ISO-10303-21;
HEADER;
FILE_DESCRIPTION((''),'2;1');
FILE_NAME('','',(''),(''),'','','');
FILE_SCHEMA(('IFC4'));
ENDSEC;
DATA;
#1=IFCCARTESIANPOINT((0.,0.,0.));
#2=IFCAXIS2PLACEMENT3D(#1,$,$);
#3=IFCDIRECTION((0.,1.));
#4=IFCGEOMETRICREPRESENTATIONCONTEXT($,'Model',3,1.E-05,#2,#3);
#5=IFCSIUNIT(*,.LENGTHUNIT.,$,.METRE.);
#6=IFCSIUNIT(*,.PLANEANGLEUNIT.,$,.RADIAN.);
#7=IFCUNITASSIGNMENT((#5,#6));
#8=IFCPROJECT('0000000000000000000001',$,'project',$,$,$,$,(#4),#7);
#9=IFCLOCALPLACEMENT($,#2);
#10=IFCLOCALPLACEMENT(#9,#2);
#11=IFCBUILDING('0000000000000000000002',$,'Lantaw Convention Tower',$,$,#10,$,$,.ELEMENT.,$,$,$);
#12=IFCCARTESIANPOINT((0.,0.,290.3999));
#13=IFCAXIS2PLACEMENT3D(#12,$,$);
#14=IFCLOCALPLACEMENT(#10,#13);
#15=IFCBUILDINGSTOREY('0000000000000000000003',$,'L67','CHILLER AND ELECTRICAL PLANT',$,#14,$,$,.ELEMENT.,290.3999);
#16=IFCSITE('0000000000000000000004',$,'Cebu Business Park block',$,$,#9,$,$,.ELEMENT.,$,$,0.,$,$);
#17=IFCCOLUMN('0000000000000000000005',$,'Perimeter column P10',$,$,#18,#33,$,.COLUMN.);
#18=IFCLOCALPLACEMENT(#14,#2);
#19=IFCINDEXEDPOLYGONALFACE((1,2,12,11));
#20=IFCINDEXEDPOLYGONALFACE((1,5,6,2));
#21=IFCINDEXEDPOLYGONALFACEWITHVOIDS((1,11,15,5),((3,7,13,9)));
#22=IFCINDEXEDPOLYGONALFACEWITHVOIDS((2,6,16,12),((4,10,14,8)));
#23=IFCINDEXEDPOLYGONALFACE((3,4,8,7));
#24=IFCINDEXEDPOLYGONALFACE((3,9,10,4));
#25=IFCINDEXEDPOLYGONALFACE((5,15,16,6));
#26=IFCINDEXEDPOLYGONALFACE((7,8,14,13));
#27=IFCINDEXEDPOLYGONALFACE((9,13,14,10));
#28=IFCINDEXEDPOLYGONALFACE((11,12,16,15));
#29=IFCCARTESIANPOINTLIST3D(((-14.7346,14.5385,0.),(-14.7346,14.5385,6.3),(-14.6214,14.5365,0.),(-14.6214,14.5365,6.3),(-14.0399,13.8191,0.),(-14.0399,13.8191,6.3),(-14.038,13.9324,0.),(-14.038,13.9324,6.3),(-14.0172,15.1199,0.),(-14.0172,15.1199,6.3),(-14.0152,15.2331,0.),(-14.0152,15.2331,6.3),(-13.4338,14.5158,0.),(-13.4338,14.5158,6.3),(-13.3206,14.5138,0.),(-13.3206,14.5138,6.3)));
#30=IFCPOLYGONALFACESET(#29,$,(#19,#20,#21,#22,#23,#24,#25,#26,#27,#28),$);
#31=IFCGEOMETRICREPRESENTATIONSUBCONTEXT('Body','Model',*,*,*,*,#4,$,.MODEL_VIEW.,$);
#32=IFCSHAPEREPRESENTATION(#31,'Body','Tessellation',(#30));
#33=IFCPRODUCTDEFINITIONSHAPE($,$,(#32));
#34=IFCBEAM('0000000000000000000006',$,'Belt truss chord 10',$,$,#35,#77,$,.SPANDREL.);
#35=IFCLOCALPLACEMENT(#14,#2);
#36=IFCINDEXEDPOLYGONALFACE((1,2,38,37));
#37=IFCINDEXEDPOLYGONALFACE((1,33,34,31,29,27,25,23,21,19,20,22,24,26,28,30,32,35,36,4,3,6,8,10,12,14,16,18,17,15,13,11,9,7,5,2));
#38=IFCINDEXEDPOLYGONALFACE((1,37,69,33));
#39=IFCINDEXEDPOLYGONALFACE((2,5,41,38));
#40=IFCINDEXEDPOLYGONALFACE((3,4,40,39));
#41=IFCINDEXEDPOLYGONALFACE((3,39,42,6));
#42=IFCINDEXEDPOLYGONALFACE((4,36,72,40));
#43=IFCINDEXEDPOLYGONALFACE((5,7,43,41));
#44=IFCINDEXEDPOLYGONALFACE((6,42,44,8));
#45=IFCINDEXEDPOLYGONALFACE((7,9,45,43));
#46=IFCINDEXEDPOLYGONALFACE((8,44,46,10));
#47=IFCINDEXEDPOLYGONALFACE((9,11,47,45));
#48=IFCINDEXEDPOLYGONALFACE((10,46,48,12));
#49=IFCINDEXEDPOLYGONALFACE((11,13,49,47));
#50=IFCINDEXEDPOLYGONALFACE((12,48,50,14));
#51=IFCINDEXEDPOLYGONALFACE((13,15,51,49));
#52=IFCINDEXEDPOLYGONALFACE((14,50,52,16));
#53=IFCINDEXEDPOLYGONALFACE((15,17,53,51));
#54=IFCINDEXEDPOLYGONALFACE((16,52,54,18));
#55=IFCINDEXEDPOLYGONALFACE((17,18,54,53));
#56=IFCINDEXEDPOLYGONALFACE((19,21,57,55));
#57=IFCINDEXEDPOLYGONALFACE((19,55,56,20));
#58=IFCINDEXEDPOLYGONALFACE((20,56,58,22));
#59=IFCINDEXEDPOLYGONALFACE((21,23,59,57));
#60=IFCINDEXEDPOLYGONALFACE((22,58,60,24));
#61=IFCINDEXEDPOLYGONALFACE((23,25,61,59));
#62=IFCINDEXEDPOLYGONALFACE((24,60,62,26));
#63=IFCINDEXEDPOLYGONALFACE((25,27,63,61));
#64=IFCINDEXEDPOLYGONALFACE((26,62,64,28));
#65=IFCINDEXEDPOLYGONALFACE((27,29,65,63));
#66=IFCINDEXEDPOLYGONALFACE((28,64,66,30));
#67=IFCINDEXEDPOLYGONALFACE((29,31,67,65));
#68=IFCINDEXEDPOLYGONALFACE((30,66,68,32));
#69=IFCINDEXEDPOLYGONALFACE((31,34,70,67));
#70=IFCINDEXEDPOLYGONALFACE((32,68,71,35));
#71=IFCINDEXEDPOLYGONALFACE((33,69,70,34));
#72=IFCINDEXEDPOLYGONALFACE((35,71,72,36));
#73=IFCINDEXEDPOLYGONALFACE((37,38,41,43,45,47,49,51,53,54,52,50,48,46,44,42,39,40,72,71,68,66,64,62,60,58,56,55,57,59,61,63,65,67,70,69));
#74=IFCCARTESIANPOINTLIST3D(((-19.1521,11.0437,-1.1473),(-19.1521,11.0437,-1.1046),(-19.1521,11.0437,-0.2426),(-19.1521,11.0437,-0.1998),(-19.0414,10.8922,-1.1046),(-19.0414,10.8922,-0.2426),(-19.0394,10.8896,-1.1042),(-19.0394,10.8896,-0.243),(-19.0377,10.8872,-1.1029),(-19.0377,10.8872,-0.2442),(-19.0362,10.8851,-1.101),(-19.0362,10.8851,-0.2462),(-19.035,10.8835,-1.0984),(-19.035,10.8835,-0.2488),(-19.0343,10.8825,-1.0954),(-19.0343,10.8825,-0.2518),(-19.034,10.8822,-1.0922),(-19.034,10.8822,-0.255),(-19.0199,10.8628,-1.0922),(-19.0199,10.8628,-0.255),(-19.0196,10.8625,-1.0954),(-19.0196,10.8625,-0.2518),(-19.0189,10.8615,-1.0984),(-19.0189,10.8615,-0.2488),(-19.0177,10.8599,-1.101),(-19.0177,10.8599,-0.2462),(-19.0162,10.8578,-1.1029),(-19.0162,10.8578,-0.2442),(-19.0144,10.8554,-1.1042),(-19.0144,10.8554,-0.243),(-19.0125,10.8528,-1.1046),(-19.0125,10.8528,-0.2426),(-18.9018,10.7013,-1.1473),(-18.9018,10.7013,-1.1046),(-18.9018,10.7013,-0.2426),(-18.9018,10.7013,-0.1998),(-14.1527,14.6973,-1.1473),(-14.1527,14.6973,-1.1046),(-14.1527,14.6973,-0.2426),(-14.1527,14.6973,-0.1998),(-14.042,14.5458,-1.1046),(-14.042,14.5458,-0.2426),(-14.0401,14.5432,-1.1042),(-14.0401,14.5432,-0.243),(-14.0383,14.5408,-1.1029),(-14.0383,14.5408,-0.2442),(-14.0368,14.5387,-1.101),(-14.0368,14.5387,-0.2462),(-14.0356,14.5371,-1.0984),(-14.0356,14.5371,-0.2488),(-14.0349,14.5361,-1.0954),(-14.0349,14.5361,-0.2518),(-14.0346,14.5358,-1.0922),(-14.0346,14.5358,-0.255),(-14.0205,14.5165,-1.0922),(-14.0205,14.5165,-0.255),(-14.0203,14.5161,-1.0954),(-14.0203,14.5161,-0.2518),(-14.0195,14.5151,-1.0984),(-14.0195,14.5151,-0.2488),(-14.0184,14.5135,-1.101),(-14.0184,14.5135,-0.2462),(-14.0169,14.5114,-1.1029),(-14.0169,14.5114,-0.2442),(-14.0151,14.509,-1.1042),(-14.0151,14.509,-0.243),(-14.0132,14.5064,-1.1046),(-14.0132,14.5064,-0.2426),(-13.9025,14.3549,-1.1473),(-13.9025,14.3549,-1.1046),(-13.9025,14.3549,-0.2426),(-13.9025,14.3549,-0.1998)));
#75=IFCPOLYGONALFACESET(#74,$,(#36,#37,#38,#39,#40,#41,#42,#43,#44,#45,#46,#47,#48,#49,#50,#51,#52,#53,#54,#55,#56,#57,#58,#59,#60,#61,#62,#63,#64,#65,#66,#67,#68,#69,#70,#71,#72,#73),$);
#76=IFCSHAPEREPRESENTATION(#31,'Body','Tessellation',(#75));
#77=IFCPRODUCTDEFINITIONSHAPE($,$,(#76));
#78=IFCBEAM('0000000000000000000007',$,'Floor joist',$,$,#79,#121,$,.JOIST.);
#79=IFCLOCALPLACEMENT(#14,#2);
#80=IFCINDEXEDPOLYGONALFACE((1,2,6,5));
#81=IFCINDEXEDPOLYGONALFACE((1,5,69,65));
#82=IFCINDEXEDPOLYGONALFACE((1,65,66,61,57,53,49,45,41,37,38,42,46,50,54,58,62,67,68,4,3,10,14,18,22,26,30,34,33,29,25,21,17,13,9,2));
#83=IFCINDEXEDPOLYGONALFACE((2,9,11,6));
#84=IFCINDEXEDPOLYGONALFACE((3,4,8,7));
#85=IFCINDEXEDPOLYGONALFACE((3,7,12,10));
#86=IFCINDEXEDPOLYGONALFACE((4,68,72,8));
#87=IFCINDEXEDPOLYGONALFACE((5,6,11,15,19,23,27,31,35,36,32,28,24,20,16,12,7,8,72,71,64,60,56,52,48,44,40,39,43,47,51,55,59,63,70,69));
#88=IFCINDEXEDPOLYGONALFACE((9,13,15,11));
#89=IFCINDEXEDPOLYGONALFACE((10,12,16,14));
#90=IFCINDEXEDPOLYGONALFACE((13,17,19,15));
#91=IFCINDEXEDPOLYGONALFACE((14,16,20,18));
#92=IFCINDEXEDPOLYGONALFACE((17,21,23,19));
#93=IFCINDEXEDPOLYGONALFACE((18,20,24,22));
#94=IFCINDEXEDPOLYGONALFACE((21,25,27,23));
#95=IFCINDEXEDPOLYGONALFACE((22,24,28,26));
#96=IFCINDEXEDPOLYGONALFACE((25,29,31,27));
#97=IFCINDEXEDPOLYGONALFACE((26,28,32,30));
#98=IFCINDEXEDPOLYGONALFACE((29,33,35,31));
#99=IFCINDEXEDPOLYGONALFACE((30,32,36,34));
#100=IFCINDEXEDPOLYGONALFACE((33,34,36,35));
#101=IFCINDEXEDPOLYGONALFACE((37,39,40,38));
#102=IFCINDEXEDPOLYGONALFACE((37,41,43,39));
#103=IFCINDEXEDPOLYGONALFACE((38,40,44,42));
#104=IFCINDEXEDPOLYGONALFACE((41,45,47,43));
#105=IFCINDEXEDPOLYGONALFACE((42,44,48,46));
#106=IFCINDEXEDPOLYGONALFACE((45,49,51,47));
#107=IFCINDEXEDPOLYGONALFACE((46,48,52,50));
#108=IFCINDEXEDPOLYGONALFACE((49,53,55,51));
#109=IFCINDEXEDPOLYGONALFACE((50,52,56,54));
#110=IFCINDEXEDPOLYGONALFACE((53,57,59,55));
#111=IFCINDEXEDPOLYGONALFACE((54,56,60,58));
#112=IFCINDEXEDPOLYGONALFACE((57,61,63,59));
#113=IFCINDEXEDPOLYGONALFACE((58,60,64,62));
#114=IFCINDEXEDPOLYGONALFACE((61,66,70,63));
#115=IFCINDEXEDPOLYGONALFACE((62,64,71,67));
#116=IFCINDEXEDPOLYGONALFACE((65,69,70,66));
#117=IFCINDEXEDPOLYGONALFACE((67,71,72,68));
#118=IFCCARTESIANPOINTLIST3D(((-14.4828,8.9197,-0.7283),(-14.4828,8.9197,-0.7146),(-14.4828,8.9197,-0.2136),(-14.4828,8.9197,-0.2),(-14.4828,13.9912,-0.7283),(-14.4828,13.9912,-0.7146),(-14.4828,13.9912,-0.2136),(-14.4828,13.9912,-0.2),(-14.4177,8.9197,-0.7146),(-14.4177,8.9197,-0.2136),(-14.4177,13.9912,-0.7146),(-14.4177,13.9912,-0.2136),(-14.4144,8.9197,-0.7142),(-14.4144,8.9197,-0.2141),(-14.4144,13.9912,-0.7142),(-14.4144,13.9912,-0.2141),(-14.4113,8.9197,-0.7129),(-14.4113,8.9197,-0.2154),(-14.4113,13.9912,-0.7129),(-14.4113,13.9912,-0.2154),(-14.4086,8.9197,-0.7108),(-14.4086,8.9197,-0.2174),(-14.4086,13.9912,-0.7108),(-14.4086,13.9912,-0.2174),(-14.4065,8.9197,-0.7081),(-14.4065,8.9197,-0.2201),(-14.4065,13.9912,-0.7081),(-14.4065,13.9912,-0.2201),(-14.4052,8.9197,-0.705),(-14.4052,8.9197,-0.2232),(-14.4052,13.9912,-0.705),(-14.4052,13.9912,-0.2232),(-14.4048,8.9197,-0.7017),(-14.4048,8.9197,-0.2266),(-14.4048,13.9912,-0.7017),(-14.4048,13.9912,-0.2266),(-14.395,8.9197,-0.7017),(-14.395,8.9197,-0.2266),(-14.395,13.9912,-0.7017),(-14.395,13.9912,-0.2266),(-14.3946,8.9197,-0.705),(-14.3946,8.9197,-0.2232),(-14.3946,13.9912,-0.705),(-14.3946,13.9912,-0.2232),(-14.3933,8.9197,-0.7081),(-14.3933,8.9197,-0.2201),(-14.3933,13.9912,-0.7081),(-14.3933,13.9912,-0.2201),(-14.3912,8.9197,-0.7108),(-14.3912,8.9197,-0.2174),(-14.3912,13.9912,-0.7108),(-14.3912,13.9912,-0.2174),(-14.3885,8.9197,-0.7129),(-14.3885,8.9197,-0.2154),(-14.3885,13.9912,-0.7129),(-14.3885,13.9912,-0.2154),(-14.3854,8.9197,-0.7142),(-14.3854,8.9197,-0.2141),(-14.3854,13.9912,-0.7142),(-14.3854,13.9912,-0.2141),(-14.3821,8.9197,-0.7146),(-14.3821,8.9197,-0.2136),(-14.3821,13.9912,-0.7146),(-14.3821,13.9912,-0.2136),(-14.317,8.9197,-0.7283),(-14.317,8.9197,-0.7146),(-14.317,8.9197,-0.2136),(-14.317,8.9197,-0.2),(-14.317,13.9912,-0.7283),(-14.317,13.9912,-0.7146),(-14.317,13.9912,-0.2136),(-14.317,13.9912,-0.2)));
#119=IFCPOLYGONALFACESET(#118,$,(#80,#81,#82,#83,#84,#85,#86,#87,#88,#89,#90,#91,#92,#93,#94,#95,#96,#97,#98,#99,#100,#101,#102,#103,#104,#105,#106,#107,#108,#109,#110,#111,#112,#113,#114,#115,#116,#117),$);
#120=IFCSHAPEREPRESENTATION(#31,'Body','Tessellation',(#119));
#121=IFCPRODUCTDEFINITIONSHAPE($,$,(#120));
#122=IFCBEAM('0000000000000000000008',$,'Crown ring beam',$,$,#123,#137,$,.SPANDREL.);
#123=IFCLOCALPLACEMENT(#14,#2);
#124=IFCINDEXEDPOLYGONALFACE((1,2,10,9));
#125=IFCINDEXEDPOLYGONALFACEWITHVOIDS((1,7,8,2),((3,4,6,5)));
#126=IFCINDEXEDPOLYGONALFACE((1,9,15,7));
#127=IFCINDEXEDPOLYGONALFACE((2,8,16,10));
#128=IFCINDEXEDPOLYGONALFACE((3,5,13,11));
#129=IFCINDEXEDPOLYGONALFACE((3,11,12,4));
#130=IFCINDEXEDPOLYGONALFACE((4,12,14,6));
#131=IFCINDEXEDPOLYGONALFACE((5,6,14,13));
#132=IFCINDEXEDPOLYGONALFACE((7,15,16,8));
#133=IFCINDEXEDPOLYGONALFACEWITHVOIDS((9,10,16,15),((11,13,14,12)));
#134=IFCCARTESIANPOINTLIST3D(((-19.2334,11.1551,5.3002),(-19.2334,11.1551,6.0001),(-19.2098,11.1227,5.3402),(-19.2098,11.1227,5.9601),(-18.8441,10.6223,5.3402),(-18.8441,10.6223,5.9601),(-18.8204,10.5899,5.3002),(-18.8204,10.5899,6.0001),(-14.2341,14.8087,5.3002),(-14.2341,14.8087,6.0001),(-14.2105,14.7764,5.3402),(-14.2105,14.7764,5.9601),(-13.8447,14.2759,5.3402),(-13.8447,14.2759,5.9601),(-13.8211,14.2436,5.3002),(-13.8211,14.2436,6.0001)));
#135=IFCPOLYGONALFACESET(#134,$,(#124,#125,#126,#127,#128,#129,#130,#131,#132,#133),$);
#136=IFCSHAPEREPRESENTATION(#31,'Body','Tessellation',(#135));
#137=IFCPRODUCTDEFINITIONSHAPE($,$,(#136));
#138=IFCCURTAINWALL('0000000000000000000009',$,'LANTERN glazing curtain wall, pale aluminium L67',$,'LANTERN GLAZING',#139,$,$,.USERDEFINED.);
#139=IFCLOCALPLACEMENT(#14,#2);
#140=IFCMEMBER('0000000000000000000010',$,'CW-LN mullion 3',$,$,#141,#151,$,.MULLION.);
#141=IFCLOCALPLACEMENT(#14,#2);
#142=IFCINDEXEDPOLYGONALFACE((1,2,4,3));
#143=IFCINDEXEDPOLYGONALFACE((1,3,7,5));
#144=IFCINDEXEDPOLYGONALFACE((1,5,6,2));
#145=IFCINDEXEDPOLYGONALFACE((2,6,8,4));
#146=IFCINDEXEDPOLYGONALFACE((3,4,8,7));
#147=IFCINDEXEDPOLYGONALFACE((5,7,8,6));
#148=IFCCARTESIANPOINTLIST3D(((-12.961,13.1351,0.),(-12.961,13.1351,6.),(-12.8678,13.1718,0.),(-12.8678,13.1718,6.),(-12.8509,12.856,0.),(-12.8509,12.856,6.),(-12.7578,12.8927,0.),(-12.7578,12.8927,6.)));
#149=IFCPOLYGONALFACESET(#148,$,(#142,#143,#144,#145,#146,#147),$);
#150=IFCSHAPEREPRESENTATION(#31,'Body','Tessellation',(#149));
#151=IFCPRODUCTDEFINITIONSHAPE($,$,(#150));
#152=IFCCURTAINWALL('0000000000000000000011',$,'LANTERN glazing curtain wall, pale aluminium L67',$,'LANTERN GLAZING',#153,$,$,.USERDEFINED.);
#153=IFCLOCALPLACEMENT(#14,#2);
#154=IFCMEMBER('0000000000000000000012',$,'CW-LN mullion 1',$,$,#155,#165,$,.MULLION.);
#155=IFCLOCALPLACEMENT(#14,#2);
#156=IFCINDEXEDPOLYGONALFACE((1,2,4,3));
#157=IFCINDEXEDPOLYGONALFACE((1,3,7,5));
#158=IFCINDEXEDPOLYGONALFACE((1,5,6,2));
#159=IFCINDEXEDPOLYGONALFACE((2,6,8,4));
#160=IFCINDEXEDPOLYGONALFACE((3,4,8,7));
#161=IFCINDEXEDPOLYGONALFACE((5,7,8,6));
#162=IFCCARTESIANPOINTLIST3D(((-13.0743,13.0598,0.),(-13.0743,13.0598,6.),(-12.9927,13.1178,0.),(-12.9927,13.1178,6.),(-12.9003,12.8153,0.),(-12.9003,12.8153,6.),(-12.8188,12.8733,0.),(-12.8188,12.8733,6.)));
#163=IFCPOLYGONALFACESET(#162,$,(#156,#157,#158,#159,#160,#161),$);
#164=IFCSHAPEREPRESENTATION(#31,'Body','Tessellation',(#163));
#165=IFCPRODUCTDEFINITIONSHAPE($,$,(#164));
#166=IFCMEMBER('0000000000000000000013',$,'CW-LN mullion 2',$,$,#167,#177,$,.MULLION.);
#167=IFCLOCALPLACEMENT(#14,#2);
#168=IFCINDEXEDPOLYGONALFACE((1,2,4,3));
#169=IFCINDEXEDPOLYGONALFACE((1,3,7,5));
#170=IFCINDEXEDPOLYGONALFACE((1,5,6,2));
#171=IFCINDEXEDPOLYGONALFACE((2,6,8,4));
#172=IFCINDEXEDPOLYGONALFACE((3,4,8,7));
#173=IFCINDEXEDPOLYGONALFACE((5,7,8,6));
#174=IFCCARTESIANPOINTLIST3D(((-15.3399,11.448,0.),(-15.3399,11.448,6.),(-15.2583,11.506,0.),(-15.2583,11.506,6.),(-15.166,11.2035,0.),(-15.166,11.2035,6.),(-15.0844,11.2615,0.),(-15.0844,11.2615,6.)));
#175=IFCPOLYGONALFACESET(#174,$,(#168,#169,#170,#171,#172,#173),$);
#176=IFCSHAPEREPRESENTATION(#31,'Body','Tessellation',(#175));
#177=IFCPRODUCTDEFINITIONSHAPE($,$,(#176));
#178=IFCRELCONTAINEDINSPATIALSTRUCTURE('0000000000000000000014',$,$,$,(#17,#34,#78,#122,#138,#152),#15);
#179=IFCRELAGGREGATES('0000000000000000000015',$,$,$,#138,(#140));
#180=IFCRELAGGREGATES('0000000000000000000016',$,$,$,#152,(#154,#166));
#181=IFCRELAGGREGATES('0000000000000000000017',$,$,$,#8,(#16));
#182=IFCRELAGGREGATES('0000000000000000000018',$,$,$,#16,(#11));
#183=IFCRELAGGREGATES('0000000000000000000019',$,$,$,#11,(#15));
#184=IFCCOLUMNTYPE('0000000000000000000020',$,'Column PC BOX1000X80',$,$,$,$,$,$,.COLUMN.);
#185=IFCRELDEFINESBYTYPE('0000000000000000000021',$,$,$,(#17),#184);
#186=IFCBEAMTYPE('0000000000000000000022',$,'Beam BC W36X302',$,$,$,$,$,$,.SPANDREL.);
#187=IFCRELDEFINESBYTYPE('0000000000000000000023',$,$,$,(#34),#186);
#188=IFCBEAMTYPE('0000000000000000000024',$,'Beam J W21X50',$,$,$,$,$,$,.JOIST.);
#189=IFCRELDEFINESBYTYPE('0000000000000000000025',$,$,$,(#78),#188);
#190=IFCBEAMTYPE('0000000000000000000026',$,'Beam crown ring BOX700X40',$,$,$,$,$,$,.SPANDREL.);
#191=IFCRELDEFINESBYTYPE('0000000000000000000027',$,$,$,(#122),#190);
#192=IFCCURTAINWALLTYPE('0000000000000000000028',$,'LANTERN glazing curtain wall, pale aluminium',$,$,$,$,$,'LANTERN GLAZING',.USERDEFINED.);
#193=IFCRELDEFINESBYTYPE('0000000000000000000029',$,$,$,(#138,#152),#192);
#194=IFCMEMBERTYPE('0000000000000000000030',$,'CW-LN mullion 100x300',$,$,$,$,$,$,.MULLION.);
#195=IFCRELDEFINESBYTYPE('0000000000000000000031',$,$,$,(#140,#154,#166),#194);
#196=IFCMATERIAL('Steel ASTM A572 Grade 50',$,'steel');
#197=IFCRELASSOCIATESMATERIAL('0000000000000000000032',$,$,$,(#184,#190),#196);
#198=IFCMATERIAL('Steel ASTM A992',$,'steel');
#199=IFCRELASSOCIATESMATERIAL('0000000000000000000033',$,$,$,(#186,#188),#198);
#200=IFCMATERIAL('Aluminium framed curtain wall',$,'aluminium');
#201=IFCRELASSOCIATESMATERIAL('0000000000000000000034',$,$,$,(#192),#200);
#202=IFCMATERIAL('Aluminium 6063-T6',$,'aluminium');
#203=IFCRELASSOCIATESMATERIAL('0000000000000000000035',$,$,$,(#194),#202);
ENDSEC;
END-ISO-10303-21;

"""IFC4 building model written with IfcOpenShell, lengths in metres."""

from ifc_helpers import new_model, si_unit, direction, frame, origin, origin_2d, place, context, subcontext, project, spatial, rectangle, hollow_rectangle, i_section, extrude, material, material_profile, profile_set, type_object, element, aggregate, save


model = new_model("IFC4")

# Units and contexts
model_context = context("Model", 3, precision=1e-05, world=origin(), true_north=direction((0.0, 1.0)))
body_context = subcontext(model_context, "Body", "Model", "MODEL_VIEW")
ifc_project = project(units=[si_unit("LENGTHUNIT", "METRE"), si_unit("PLANEANGLEUNIT", "RADIAN")], contexts=[model_context])

# Site, building, storey
site_placement = place(None, origin())
site = spatial("IfcSite", under=ifc_project, at=site_placement, Name="Cebu Business Park block", CompositionType="ELEMENT", RefElevation=0.0)
building_placement = place(site_placement, origin())
building = spatial("IfcBuilding", under=site, at=building_placement, Name="Lantaw Convention Tower", CompositionType="ELEMENT")
storey_placement = place(building_placement, frame((0.0, 0.0, 290.3999)))
storey = spatial("IfcBuildingStorey", under=building, at=storey_placement, Name="L67", Description="CHILLER AND ELECTRICAL PLANT", CompositionType="ELEMENT", Elevation=290.3999)

# Column
ifc_material_1 = material(Name="Steel ASTM A572 Grade 50", Category="steel")
ifc_material_profile_1 = material_profile(ifc_material_1, hollow_rectangle(XDim=1.0, YDim=1.0, WallThickness=0.0801, at=origin_2d()), Name="BOX1000X80")
ifc_material_2 = material(Name="Concrete C60/75", Category="concrete")
ifc_material_profile_2 = material_profile(ifc_material_2, rectangle(XDim=0.8401, YDim=0.8401, at=origin_2d()), Name="Concrete fill of BOX1000X80")
ifc_profile_set_1 = profile_set([ifc_material_profile_1, ifc_material_profile_2], Name="Steel ASTM A572 Grade 50")
column_type = type_object("IfcColumnType", Name="Column PC BOX1000X80", PredefinedType="COLUMN", material=ifc_profile_set_1)
column_placement = place(storey_placement, frame((-14.0276, 14.5261, 0.0), z_axis=(0.0, 0.0, 1.0), x_axis=(0.71934, 0.694658, 0.0)))
element("IfcColumn", 1, at=column_placement, inside=storey, type_object=column_type, Name="Perimeter column P10", PredefinedType="COLUMN", context=body_context, shape_type="SweptSolid", body=[
    extrude(hollow_rectangle(XDim=1.0, YDim=1.0, WallThickness=0.0801, at=origin_2d()), origin(), (0.0, 0.0, 1.0), 6.3),
])

# Beams
ifc_material_3 = material(Name="Steel ASTM A992", Category="steel")
ifc_material_profile_3 = material_profile(ifc_material_3, i_section(OverallWidth=0.4241, OverallDepth=0.9475, WebThickness=0.0239, FlangeThickness=0.0427, FilletRadius=0.0125, at=origin_2d()), Name="W36X302")
ifc_profile_set_2 = profile_set([ifc_material_profile_3], Name="Steel ASTM A992")
beam_type_1 = type_object("IfcBeamType", Name="Beam BC W36X302", PredefinedType="SPANDREL", material=ifc_profile_set_2)
beam_1_placement = place(storey_placement, frame((-14.0276, 14.5261, -0.6736), z_axis=(-0.807372, -0.590043, 0.0), x_axis=(0.590043, -0.807372, 0.0)))
element("IfcBeam", 2, at=beam_1_placement, inside=storey, type_object=beam_type_1, Name="Belt truss chord 10", PredefinedType="SPANDREL", context=body_context, shape_type="SweptSolid", body=[
    extrude(i_section(OverallWidth=0.4241, OverallDepth=0.9475, WebThickness=0.0239, FlangeThickness=0.0427, FilletRadius=0.0125, at=origin_2d()), origin(), (0.0, 0.0, 1.0), 6.1921),
])
ifc_material_profile_4 = material_profile(ifc_material_3, i_section(OverallWidth=0.1658, OverallDepth=0.5283, WebThickness=0.0098, FlangeThickness=0.0137, FilletRadius=0.0129, at=origin_2d()), Name="W21X50")
ifc_profile_set_3 = profile_set([ifc_material_profile_4], Name="Steel ASTM A992")
beam_type_2 = type_object("IfcBeamType", Name="Beam J W21X50", PredefinedType="JOIST", material=ifc_profile_set_3)
beam_2_placement = place(storey_placement, frame((-14.3999, 8.9197, -0.4641), z_axis=(0.0, 1.0, 0.0), x_axis=(-1.0, 0.0, 0.0)))
element("IfcBeam", 3, at=beam_2_placement, inside=storey, type_object=beam_type_2, Name="Floor joist", PredefinedType="JOIST", context=body_context, shape_type="SweptSolid", body=[
    extrude(i_section(OverallWidth=0.1658, OverallDepth=0.5283, WebThickness=0.0098, FlangeThickness=0.0137, FilletRadius=0.0129, at=origin_2d()), origin(), (0.0, 0.0, 1.0), 5.0715),
])
ifc_material_profile_5 = material_profile(ifc_material_1, hollow_rectangle(XDim=0.7, YDim=0.7, WallThickness=0.04, at=origin_2d()), Name="BOX700X40")
ifc_profile_set_4 = profile_set([ifc_material_profile_5], Name="Steel ASTM A572 Grade 50")
beam_type_3 = type_object("IfcBeamType", Name="Beam crown ring BOX700X40", PredefinedType="SPANDREL", material=ifc_profile_set_4)
beam_3_placement = place(storey_placement, frame((-14.0276, 14.5261, 5.6501), z_axis=(-0.807372, -0.590043, 0.0), x_axis=(0.590043, -0.807372, 0.0)))
element("IfcBeam", 4, at=beam_3_placement, inside=storey, type_object=beam_type_3, Name="Crown ring beam", PredefinedType="SPANDREL", context=body_context, shape_type="SweptSolid", body=[
    extrude(hollow_rectangle(XDim=0.7, YDim=0.7, WallThickness=0.04, at=origin_2d()), origin(), (0.0, 0.0, 1.0), 6.1921),
])

# Curtain wall, member
ifc_material_4 = material(Name="Aluminium framed curtain wall", Category="aluminium")
curtain_wall_type_1 = type_object("IfcCurtainWallType", Name="LANTERN glazing curtain wall, pale aluminium", ElementType="LANTERN GLAZING", PredefinedType="USERDEFINED", material=ifc_material_4)
curtain_wall_1_placement = place(storey_placement, origin())
curtain_wall_1 = element("IfcCurtainWall", 5, at=curtain_wall_1_placement, inside=storey, type_object=curtain_wall_type_1, Name="LANTERN glazing curtain wall, pale aluminium L67", ObjectType="LANTERN GLAZING", PredefinedType="USERDEFINED")
ifc_material_5 = material(Name="Aluminium 6063-T6", Category="aluminium")
ifc_material_profile_6 = material_profile(ifc_material_5, rectangle(XDim=0.3, YDim=0.1001, at=origin_2d()), Name="CW-LN mullion 100x300")
ifc_profile_set_5 = profile_set([ifc_material_profile_6], Name="Aluminium 6063-T6")
member_type_1 = type_object("IfcMemberType", Name="CW-LN mullion 100x300", PredefinedType="MULLION", material=ifc_profile_set_5)
member_1_placement = place(storey_placement, frame((-12.8594, 13.0139, 0.0), z_axis=(0.0, 0.0, 1.0), x_axis=(0.366802, -0.930299, 0.0)))
member_1 = element("IfcMember", 6, at=member_1_placement, type_object=member_type_1, Name="CW-LN mullion 3", PredefinedType="MULLION", context=body_context, shape_type="SweptSolid", body=[
    extrude(rectangle(XDim=0.3, YDim=0.1001, at=origin_2d()), origin(), (0.0, 0.0, 1.0), 6.0),
])
aggregate(curtain_wall_1, [member_1])

# Curtain wall, members
curtain_wall_2_placement = place(storey_placement, origin())
curtain_wall_2 = element("IfcCurtainWall", 7, at=curtain_wall_2_placement, inside=storey, type_object=curtain_wall_type_1, Name="LANTERN glazing curtain wall, pale aluminium L67", ObjectType="LANTERN GLAZING", PredefinedType="USERDEFINED")
member_2_placement = place(storey_placement, frame((-12.9465, 12.9666, 0.0), z_axis=(0.0, 0.0, 1.0), x_axis=(0.579684, -0.814841, 0.0)))
member_2 = element("IfcMember", 8, at=member_2_placement, type_object=member_type_1, Name="CW-LN mullion 1", PredefinedType="MULLION", context=body_context, shape_type="SweptSolid", body=[
    extrude(rectangle(XDim=0.3, YDim=0.1001, at=origin_2d()), origin(), (0.0, 0.0, 1.0), 6.0),
])
member_3_placement = place(storey_placement, frame((-15.2122, 11.3547, 0.0), z_axis=(0.0, 0.0, 1.0), x_axis=(0.579684, -0.814841, 0.0)))
member_3 = element("IfcMember", 9, at=member_3_placement, type_object=member_type_1, Name="CW-LN mullion 2", PredefinedType="MULLION", context=body_context, shape_type="SweptSolid", body=[
    extrude(rectangle(XDim=0.3, YDim=0.1001, at=origin_2d()), origin(), (0.0, 0.0, 1.0), 6.0),
])

aggregate(curtain_wall_2, [member_2, member_3])

save(model, "model.ifc")
